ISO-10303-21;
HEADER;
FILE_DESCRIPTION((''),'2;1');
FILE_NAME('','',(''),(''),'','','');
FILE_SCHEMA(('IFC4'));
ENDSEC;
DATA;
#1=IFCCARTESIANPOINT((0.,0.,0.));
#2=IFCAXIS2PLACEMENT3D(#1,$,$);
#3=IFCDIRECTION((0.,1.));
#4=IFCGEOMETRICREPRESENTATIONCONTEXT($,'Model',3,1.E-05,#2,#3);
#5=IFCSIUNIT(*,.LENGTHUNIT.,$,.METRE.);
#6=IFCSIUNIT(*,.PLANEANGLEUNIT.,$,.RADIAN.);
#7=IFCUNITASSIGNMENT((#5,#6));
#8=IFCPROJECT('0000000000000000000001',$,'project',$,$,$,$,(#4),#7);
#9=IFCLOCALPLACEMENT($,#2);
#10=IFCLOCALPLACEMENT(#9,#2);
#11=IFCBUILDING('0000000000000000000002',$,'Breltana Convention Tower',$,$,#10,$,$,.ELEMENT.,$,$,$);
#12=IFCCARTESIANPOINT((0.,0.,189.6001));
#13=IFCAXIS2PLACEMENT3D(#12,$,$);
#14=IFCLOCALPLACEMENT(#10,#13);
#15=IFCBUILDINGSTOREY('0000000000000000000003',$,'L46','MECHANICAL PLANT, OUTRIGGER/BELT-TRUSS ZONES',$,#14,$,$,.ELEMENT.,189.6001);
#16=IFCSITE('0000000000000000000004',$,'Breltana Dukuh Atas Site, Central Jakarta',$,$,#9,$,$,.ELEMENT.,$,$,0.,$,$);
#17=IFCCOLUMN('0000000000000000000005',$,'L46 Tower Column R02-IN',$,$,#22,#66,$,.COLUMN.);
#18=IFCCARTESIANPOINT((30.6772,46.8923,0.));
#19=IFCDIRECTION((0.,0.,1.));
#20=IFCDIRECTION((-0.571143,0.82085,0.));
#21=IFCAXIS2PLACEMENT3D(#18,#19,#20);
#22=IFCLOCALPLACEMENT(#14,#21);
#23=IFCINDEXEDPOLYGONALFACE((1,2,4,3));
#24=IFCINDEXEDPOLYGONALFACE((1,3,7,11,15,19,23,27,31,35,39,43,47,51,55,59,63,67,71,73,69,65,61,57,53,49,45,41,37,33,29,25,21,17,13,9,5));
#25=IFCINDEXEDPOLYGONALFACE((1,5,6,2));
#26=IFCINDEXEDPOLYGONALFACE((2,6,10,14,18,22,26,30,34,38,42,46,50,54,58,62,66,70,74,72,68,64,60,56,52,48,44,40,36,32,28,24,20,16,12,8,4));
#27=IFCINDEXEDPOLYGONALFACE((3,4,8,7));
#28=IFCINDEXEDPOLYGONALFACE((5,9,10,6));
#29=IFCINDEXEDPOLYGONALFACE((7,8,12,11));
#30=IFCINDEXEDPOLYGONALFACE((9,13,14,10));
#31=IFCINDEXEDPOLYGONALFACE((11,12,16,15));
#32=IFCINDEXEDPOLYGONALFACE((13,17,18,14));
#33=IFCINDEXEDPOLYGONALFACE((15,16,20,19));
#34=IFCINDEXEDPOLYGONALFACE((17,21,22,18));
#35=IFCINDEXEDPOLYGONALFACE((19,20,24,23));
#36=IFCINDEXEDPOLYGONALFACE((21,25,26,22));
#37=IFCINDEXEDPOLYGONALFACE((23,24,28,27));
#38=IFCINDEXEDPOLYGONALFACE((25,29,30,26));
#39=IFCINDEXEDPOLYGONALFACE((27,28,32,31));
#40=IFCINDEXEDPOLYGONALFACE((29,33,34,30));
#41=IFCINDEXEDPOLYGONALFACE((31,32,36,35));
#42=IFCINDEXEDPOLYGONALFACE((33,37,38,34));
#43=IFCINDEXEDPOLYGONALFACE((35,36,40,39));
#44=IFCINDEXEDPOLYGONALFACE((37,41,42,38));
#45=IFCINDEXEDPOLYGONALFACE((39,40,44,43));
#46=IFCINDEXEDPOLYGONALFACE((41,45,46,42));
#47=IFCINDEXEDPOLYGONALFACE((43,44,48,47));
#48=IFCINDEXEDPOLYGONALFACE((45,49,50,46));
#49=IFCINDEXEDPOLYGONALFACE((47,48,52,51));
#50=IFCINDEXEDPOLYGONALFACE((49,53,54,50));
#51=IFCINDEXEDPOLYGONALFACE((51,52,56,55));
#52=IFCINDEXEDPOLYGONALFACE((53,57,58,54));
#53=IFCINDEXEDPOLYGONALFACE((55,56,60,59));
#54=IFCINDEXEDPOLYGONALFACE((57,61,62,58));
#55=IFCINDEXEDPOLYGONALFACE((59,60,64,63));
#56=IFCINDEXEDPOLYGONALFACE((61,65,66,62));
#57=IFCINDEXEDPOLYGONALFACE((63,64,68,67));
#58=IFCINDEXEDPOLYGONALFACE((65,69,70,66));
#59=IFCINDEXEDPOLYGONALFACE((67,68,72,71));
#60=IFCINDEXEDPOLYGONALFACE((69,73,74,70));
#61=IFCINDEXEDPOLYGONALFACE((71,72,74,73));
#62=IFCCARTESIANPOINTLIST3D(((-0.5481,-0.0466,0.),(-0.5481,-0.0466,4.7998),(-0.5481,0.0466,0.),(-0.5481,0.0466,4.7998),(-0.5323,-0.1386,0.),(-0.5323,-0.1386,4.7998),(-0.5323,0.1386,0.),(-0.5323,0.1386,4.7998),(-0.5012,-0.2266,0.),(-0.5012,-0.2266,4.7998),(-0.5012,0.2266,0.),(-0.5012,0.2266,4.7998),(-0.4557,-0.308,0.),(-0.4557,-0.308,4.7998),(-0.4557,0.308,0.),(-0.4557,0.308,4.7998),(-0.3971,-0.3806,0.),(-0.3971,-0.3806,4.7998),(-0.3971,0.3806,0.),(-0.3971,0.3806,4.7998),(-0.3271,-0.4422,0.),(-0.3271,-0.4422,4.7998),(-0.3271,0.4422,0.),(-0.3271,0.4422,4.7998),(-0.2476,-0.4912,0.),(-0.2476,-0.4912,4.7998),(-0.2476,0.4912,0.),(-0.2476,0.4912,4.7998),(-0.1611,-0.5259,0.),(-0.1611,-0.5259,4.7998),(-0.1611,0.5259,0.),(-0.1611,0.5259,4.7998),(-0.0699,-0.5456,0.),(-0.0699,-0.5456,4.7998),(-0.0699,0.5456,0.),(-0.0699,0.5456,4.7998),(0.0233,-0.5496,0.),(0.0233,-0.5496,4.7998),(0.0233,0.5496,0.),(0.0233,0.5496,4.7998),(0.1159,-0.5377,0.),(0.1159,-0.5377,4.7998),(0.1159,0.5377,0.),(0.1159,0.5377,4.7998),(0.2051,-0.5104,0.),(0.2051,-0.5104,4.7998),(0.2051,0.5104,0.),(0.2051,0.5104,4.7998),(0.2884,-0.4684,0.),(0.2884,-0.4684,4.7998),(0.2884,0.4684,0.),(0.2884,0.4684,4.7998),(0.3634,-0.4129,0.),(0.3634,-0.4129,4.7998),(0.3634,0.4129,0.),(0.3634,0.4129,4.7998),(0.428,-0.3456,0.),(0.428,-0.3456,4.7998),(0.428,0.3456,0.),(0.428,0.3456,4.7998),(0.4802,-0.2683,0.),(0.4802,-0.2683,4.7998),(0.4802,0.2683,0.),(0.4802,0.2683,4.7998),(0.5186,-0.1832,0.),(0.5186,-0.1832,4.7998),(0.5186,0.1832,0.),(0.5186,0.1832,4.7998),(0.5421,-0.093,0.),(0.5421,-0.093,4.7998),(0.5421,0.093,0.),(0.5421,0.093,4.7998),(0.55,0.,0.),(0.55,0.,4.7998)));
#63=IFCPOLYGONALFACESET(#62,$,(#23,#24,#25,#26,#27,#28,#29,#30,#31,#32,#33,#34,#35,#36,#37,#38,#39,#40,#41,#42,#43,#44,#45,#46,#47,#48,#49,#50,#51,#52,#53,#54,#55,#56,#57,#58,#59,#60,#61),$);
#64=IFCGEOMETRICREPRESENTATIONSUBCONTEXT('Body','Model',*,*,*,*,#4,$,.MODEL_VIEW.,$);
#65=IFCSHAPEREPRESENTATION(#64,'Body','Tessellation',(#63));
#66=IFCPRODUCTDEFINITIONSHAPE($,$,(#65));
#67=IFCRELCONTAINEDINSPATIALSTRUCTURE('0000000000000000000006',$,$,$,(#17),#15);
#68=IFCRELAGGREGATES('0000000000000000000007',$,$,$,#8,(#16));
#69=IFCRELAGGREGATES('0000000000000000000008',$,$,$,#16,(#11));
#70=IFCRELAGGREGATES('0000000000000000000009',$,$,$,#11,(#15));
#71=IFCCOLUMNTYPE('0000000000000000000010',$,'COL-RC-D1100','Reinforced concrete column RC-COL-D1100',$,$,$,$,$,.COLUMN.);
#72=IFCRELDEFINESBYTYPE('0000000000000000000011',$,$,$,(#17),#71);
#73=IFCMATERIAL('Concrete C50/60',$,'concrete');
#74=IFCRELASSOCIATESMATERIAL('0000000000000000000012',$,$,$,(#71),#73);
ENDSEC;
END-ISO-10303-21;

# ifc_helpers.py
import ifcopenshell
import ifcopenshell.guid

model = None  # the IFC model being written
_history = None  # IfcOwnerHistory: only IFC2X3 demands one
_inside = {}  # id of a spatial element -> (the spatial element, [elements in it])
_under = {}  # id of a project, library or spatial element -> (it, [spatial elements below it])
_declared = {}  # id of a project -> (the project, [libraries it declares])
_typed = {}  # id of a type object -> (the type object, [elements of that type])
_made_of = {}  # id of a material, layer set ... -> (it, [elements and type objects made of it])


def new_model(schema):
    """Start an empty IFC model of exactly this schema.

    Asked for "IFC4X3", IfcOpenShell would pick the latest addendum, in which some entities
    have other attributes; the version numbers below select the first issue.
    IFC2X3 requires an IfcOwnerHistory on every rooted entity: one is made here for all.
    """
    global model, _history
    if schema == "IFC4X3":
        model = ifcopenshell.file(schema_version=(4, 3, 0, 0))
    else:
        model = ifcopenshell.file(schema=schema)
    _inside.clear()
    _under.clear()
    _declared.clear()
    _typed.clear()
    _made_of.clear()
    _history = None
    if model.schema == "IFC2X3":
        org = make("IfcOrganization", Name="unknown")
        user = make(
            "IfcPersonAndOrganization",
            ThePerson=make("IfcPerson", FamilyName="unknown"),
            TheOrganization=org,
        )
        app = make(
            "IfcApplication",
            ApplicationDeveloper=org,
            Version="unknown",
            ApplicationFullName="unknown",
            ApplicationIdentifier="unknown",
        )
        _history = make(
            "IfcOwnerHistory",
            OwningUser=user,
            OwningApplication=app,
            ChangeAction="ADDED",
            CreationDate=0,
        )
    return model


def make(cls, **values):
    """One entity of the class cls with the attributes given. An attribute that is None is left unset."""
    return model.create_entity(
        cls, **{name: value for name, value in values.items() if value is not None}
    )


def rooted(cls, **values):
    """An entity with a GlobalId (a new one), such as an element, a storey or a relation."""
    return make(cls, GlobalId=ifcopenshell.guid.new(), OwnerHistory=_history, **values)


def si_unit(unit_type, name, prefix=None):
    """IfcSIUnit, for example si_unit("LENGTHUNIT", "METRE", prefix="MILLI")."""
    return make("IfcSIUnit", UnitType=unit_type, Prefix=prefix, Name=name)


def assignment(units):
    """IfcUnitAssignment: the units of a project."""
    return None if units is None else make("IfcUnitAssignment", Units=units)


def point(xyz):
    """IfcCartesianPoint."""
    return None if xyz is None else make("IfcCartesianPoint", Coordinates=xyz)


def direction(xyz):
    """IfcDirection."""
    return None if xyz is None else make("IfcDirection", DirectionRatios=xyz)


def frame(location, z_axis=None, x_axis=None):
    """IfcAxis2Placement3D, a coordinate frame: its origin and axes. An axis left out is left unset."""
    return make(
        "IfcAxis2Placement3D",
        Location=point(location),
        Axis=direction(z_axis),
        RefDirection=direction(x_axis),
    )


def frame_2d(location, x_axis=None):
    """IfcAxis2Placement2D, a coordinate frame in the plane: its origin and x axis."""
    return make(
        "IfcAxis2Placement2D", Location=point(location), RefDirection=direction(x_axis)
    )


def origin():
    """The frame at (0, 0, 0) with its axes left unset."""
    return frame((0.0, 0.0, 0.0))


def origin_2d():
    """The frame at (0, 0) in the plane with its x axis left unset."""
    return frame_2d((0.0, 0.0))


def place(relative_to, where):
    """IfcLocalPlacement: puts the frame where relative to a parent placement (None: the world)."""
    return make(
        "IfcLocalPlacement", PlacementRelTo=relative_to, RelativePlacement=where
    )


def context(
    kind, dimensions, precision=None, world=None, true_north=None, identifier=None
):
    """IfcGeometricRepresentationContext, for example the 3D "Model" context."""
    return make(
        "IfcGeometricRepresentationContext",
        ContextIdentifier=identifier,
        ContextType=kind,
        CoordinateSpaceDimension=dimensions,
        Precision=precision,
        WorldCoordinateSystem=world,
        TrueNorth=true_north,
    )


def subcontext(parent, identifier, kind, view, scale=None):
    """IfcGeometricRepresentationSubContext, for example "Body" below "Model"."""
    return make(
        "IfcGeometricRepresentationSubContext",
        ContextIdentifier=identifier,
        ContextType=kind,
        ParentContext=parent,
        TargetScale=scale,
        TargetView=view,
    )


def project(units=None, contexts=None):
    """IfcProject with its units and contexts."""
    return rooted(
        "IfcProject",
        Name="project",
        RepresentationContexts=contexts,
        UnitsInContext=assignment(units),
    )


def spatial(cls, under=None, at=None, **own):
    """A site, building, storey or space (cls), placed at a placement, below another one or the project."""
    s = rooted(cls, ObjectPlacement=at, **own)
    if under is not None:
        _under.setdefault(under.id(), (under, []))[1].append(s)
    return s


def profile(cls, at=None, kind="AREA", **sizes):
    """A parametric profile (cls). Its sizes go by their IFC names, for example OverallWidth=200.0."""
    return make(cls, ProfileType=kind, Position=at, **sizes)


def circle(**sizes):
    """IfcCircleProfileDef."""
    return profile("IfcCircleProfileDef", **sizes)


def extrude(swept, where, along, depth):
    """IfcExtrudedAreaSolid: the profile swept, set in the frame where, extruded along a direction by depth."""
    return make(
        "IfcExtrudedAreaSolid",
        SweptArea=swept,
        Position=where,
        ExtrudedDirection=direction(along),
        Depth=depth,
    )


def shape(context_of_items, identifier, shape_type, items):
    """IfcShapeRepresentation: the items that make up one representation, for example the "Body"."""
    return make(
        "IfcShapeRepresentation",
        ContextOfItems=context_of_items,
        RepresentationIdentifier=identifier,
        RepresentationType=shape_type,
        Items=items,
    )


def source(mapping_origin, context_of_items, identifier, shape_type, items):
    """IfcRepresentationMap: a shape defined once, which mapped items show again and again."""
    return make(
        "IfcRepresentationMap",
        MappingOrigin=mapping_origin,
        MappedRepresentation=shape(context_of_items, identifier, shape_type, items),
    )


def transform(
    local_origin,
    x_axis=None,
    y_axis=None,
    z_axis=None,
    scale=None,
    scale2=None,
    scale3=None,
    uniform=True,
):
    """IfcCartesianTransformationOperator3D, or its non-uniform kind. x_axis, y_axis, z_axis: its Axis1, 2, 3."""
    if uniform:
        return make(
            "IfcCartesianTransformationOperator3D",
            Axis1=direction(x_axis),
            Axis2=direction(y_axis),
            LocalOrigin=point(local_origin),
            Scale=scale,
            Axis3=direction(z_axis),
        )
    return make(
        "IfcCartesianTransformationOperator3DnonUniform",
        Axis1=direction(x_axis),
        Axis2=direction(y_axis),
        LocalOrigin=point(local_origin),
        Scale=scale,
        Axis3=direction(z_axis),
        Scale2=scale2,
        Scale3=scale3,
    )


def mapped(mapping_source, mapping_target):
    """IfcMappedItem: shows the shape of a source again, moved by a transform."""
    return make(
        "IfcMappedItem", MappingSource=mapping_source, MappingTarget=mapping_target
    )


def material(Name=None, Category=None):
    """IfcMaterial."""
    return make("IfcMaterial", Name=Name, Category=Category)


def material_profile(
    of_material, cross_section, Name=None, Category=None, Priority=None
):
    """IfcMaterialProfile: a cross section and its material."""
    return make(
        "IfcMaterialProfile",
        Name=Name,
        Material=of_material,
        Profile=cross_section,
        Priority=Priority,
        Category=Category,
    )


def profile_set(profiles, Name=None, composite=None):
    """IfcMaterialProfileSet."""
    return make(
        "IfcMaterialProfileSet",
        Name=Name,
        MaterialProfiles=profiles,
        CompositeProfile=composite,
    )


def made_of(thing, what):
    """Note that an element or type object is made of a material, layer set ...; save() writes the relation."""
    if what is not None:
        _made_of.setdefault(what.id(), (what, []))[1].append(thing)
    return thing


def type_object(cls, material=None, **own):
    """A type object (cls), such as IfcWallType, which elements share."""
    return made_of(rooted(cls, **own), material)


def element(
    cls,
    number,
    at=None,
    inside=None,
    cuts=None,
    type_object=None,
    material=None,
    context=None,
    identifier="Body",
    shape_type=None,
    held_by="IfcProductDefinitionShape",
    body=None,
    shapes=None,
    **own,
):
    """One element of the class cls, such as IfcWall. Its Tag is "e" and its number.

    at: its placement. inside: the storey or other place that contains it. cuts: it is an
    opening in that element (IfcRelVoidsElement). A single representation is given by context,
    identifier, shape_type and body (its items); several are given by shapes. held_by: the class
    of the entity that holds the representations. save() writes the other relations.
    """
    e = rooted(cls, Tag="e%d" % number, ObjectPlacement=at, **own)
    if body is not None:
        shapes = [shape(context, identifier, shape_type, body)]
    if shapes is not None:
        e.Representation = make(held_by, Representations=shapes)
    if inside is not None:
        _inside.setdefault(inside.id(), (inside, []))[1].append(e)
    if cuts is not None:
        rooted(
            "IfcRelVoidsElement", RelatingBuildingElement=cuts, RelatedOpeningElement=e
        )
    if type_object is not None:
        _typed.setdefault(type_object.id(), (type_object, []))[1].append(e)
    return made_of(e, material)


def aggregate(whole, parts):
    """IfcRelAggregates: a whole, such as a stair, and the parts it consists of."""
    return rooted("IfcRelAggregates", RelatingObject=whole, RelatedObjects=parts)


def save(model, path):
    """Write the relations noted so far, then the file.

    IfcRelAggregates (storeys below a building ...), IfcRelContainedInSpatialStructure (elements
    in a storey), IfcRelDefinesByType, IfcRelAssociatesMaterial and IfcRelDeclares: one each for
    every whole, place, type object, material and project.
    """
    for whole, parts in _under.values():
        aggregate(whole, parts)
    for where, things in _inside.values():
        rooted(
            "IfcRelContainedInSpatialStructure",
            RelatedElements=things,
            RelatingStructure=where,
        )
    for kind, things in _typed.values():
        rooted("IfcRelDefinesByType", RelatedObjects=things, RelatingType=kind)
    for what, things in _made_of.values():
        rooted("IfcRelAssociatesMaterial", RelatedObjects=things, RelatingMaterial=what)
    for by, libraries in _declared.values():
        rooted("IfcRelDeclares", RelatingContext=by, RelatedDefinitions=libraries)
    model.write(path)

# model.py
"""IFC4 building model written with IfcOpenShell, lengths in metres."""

from ifc_helpers import new_model, si_unit, direction, frame, origin, origin_2d, place, context, subcontext, project, spatial, circle, extrude, source, transform, mapped, material, material_profile, profile_set, type_object, element, save


model = new_model("IFC4")

# Units and contexts
model_context = context("Model", 3, precision=1e-05, world=origin(), true_north=direction((0.0, 1.0)))
body_context = subcontext(model_context, "Body", "Model", "MODEL_VIEW")
ifc_project = project(units=[si_unit("LENGTHUNIT", "METRE"), si_unit("PLANEANGLEUNIT", "RADIAN")], contexts=[model_context])

# Site, building, storey
site_placement = place(None, origin())
site = spatial("IfcSite", under=ifc_project, at=site_placement, Name="Breltana Dukuh Atas Site, Central Jakarta", CompositionType="ELEMENT", RefElevation=0.0)
building_placement = place(site_placement, origin())
building = spatial("IfcBuilding", under=site, at=building_placement, Name="Breltana Convention Tower", CompositionType="ELEMENT")
storey_placement = place(building_placement, frame((0.0, 0.0, 189.6001)))
storey = spatial("IfcBuildingStorey", under=building, at=storey_placement, Name="L46", Description="MECHANICAL PLANT, OUTRIGGER/BELT-TRUSS ZONES", CompositionType="ELEMENT", Elevation=189.6001)

# Column
ifc_material_1 = material(Name="Concrete C50/60", Category="concrete")
ifc_material_profile_1 = material_profile(ifc_material_1, circle(Radius=0.55, at=origin_2d()), Name="RC-COL-D1100")
ifc_profile_set_1 = profile_set([ifc_material_profile_1], Name="Concrete C50/60")
column_type = type_object("IfcColumnType", Name="COL-RC-D1100", Description="Reinforced concrete column RC-COL-D1100", PredefinedType="COLUMN", material=ifc_profile_set_1)
shared_shape_1 = source(origin(), body_context, "Body", "SweptSolid", [
    extrude(circle(Radius=0.55, at=origin_2d()), origin(), (0.0, 0.0, 1.0), 4.7998),
])
for number, where, z_axis, x_axis, name in (
    (1, (30.6772, 46.8923, 0.0), (0.0, 0.0, 1.0), (-0.571143, 0.82085, 0.0), "L46 Tower Column R02-IN"),
):
    element("IfcColumn", number, at=place(storey_placement, frame(where, z_axis=z_axis, x_axis=x_axis)), inside=storey, type_object=column_type, Name=name, PredefinedType="COLUMN", context=body_context, shape_type="MappedRepresentation", body=[
        mapped(shared_shape_1, transform((0.0, 0.0, 0.0), scale=1.0)),
    ])

save(model, "model.ifc")
